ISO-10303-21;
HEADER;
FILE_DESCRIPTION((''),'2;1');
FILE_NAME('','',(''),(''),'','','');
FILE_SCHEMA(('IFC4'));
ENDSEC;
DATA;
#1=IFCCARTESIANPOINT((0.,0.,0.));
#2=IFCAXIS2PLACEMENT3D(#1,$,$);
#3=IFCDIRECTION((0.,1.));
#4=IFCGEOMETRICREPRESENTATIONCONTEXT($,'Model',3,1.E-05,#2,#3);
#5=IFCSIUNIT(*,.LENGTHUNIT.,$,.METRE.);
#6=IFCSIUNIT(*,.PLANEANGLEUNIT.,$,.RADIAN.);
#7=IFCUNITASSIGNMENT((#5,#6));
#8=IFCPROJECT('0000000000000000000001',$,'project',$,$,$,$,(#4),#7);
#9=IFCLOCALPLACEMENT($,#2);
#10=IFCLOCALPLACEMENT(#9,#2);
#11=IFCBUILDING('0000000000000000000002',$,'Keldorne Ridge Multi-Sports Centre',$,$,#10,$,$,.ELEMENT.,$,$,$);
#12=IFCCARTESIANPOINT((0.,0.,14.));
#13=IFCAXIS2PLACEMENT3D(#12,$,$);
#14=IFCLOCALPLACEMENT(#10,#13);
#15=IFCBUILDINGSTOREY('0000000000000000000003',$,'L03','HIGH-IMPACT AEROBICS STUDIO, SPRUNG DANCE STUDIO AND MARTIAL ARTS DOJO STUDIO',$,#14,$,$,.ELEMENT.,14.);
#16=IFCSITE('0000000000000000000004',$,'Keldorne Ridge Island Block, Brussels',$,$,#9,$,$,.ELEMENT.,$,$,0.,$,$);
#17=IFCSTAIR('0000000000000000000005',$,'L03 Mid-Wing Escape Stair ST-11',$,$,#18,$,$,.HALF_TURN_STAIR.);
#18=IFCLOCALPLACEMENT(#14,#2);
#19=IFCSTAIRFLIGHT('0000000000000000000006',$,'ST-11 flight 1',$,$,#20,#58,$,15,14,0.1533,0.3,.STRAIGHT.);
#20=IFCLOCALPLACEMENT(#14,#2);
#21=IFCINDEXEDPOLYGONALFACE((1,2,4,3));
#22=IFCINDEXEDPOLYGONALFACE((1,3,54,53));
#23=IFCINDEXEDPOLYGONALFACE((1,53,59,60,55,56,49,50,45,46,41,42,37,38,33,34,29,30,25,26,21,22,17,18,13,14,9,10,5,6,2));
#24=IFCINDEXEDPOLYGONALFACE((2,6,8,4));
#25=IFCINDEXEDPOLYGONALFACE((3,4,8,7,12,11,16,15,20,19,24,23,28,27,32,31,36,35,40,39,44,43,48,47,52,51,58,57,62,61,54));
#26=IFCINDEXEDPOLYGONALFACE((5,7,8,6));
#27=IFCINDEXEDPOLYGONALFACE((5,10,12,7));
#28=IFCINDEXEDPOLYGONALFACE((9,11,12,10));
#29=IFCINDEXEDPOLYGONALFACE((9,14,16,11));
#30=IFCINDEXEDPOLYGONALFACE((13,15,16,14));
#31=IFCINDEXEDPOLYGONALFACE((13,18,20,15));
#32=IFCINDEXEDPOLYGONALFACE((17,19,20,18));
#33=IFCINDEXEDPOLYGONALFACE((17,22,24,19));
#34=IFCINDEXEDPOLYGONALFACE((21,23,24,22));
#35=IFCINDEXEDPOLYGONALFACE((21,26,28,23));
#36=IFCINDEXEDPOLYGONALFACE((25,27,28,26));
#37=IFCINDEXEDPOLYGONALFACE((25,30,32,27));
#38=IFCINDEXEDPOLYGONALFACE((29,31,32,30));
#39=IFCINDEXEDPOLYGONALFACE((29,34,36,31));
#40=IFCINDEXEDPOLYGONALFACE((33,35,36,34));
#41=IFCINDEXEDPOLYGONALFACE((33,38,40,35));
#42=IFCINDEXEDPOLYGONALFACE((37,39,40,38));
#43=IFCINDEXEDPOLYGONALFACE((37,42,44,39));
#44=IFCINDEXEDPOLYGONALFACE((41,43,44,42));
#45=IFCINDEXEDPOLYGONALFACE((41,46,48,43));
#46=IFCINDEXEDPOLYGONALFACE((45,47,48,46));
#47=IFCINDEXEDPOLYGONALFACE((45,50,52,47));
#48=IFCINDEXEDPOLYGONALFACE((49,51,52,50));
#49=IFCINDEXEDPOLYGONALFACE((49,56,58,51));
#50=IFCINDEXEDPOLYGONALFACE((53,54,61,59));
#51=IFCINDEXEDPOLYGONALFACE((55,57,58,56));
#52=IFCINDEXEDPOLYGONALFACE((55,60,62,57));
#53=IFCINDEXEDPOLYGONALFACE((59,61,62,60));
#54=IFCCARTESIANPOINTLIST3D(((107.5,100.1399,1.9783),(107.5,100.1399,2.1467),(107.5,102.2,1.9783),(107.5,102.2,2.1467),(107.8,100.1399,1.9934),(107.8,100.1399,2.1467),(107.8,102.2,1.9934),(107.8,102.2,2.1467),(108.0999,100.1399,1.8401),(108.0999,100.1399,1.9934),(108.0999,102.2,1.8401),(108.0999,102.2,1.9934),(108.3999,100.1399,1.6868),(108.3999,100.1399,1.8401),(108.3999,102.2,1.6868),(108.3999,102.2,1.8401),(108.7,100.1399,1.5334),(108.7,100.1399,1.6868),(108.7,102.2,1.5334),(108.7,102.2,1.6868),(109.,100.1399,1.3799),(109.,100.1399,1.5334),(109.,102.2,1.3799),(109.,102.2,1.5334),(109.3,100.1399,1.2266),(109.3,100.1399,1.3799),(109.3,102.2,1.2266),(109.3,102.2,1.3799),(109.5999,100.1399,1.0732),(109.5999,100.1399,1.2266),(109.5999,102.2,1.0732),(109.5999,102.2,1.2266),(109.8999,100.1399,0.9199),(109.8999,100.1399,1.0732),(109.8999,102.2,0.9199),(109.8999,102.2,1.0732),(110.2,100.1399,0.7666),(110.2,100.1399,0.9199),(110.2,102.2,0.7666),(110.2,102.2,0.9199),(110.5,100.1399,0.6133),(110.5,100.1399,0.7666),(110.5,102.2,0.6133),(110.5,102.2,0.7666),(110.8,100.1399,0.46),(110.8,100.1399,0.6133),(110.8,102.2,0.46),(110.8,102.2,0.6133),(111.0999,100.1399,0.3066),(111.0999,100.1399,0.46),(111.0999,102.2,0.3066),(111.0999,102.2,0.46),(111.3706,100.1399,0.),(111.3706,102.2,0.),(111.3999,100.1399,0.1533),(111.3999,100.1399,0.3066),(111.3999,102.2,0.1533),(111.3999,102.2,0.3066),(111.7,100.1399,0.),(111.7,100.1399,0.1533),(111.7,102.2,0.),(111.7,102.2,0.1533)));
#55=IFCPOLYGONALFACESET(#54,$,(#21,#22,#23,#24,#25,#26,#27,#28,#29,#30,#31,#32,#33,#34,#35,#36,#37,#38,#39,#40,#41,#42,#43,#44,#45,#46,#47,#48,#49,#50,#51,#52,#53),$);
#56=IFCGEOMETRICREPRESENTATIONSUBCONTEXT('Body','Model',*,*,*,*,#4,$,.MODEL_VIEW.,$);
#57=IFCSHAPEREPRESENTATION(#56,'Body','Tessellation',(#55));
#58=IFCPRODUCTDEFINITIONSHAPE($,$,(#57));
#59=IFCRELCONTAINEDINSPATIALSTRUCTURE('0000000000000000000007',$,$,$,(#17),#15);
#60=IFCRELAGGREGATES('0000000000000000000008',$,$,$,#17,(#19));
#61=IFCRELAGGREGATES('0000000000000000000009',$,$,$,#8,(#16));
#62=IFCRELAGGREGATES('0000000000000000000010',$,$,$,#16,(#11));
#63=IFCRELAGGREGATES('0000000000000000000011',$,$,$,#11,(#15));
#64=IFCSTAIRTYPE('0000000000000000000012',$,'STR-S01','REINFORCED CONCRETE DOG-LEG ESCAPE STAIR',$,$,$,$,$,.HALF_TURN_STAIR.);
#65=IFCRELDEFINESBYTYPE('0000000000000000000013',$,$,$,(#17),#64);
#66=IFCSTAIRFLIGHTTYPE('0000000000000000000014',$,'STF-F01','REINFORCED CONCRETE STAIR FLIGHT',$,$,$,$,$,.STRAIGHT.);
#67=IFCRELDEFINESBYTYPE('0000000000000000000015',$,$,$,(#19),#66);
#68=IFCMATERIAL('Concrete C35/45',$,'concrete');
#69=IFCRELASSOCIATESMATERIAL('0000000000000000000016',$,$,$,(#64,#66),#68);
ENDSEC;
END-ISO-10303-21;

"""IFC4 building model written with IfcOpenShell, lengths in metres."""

from ifc_helpers import new_model, si_unit, direction, frame, origin, place, context, subcontext, project, spatial, polyline, outline, extrude, material, type_object, element, aggregate, save


model = new_model("IFC4")

# Units and contexts
model_context = context("Model", 3, precision=1e-05, world=origin(), true_north=direction((0.0, 1.0)))
body_context = subcontext(model_context, "Body", "Model", "MODEL_VIEW")
ifc_project = project(units=[si_unit("LENGTHUNIT", "METRE"), si_unit("PLANEANGLEUNIT", "RADIAN")], contexts=[model_context])

# Site, building, storey
site_placement = place(None, origin())
site = spatial("IfcSite", under=ifc_project, at=site_placement, Name="Keldorne Ridge Island Block, Brussels", CompositionType="ELEMENT", RefElevation=0.0)
building_placement = place(site_placement, origin())
building = spatial("IfcBuilding", under=site, at=building_placement, Name="Keldorne Ridge Multi-Sports Centre", CompositionType="ELEMENT")
storey_placement = place(building_placement, frame((0.0, 0.0, 14.0)))
storey = spatial("IfcBuildingStorey", under=building, at=storey_placement, Name="L03", Description="HIGH-IMPACT AEROBICS STUDIO, SPRUNG DANCE STUDIO AND MARTIAL ARTS DOJO STUDIO", CompositionType="ELEMENT", Elevation=14.0)

# Stair, stair flight
ifc_material_1 = material(Name="Concrete C35/45", Category="concrete")
stair_type = type_object("IfcStairType", Name="STR-S01", Description="REINFORCED CONCRETE DOG-LEG ESCAPE STAIR", PredefinedType="HALF_TURN_STAIR", material=ifc_material_1)
stair_flight_type = type_object("IfcStairFlightType", Name="STF-F01", Description="REINFORCED CONCRETE STAIR FLIGHT", PredefinedType="STRAIGHT", material=ifc_material_1)
stair_1_placement = place(storey_placement, origin())
stair_1 = element("IfcStair", 1, at=stair_1_placement, inside=storey, type_object=stair_type, Name="L03 Mid-Wing Escape Stair ST-11", PredefinedType="HALF_TURN_STAIR")
stair_flight_1_placement = place(storey_placement, frame((111.7, 101.1699, 0.0), z_axis=(0.0, 0.0, 1.0), x_axis=(-1.0, 0.0, 0.0)))
stair_flight_1 = element("IfcStairFlight", 2, at=stair_flight_1_placement, type_object=stair_flight_type, Name="ST-11 flight 1", NumberOfRisers=15, NumberOfTreads=14, PredefinedType="STRAIGHT", RiserHeight=0.1533, TreadLength=0.3, context=body_context, shape_type="SweptSolid", body=[
    extrude(outline(polyline([(0.0, 0.0), (0.0, 0.1533), (0.3, 0.1533), (0.3, 0.3066), (0.6001, 0.3066), (0.6001, 0.46), (0.8999, 0.46), (0.8999, 0.6133), (1.2, 0.6133), (1.2, 0.7666), (1.5, 0.7666), (1.5, 0.9199), (1.8, 0.9199), (1.8, 1.0732), (2.1001, 1.0732), (2.1001, 1.2266), (2.3999, 1.2266), (2.3999, 1.3799), (2.7, 1.3799), (2.7, 1.5334), (3.0, 1.5334), (3.0, 1.6868), (3.3, 1.6868), (3.3, 1.8401), (3.6001, 1.8401), (3.6001, 1.9934), (3.8999, 1.9934), (3.8999, 2.1467), (4.2, 2.1467), (4.2, 2.3), (4.2, 1.9783), (0.3293, 0.0), (0.0, 0.0)])), frame((0.0, 1.03, 0.0), z_axis=(0.0, -1.0, 0.0), x_axis=(1.0, 0.0, 0.0)), (0.0, 0.0, 1.0), 2.0601),
])
aggregate(stair_1, [stair_flight_1])

save(model, "model.ifc")
